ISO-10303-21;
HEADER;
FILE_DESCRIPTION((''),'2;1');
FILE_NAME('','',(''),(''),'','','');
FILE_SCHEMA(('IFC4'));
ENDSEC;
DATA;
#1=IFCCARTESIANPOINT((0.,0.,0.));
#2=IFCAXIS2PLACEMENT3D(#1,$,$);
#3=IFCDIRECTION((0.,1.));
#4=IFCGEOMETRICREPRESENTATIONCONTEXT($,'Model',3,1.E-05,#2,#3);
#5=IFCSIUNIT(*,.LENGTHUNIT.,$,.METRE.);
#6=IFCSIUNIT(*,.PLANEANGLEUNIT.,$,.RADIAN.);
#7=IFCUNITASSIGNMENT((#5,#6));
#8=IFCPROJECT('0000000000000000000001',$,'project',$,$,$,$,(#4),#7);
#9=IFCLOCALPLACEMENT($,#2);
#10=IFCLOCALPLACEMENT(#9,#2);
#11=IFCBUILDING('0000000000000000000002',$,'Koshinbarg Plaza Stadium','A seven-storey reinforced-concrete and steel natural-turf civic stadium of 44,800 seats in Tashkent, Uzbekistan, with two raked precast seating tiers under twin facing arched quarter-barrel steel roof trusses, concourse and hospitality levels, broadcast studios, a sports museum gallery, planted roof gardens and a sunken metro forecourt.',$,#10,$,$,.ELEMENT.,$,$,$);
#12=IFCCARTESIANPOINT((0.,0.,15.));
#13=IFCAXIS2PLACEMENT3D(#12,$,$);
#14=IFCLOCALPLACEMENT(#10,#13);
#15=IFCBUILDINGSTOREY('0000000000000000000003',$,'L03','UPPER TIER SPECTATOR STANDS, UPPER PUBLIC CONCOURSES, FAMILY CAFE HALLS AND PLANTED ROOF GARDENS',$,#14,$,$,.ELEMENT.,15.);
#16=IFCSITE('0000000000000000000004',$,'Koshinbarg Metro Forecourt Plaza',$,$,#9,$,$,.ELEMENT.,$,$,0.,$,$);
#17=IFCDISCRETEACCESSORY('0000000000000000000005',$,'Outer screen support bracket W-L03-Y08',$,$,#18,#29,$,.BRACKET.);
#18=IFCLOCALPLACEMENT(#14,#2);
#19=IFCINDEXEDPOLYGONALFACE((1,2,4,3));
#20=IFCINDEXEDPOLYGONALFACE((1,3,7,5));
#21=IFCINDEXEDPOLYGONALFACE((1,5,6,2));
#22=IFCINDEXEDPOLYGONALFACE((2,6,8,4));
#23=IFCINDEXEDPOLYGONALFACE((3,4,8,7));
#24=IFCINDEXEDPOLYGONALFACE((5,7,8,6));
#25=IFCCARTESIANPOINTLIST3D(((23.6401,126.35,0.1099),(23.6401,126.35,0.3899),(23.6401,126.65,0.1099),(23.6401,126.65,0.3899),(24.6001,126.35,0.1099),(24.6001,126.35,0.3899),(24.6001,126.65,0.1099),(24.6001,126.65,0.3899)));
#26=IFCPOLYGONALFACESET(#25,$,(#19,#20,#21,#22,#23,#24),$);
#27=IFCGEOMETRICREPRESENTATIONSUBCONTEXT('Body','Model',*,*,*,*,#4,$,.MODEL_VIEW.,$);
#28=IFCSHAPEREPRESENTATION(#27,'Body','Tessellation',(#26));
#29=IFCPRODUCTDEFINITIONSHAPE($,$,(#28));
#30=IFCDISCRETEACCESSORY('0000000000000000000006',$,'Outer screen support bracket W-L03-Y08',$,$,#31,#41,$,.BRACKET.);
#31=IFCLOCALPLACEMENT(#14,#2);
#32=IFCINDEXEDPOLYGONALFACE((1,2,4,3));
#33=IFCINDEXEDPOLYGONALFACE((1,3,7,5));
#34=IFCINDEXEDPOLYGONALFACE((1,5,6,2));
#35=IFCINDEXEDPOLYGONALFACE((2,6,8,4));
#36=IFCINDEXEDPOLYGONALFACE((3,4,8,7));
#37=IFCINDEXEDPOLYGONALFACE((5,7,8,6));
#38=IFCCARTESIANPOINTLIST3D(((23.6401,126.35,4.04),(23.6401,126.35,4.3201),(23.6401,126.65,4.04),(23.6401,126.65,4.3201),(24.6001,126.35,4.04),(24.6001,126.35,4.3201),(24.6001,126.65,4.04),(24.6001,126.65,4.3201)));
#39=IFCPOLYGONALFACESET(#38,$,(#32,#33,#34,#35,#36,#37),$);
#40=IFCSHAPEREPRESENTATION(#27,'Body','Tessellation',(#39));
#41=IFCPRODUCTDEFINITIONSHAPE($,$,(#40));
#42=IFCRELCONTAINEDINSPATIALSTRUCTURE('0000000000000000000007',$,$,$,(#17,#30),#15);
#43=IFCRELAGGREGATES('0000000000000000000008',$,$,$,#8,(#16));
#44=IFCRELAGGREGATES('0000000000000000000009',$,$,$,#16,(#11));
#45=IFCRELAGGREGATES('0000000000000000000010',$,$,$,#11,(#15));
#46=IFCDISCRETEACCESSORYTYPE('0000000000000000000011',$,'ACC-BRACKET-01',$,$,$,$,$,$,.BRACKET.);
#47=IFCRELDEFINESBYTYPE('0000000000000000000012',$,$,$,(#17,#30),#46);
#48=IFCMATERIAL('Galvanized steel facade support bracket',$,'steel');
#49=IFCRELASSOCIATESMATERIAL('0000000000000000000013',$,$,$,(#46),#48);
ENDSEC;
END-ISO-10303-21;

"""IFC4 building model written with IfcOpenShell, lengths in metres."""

from ifc_helpers import new_model, si_unit, direction, frame, origin, origin_2d, place, context, subcontext, project, spatial, rectangle, extrude, material, type_object, element, save


model = new_model("IFC4")

# Units and contexts
model_context = context("Model", 3, precision=1e-05, world=origin(), true_north=direction((0.0, 1.0)))
body_context = subcontext(model_context, "Body", "Model", "MODEL_VIEW")
ifc_project = project(units=[si_unit("LENGTHUNIT", "METRE"), si_unit("PLANEANGLEUNIT", "RADIAN")], contexts=[model_context])

# Site, building, storey
site_placement = place(None, origin())
site = spatial("IfcSite", under=ifc_project, at=site_placement, Name="Koshinbarg Metro Forecourt Plaza", CompositionType="ELEMENT", RefElevation=0.0)
building_placement = place(site_placement, origin())
building = spatial("IfcBuilding", under=site, at=building_placement, Name="Koshinbarg Plaza Stadium", Description="A seven-storey reinforced-concrete and steel natural-turf civic stadium of 44,800 seats in Tashkent, Uzbekistan, with two raked precast seating tiers under twin facing arched quarter-barrel steel roof trusses, concourse and hospitality levels, broadcast studios, a sports museum gallery, planted roof gardens and a sunken metro forecourt.", CompositionType="ELEMENT")
storey_placement = place(building_placement, frame((0.0, 0.0, 15.0)))
storey = spatial("IfcBuildingStorey", under=building, at=storey_placement, Name="L03", Description="UPPER TIER SPECTATOR STANDS, UPPER PUBLIC CONCOURSES, FAMILY CAFE HALLS AND PLANTED ROOF GARDENS", CompositionType="ELEMENT", Elevation=15.0)

# Discrete accessories
ifc_material_1 = material(Name="Galvanized steel facade support bracket", Category="steel")
discrete_accessory_type = type_object("IfcDiscreteAccessoryType", Name="ACC-BRACKET-01", PredefinedType="BRACKET", material=ifc_material_1)
for number, where, z_axis, x_axis, name in (
    (1, (24.1201, 126.5, 0.1099), (0.0, 0.0, 1.0), (1.0, 0.0, 0.0), "Outer screen support bracket W-L03-Y08"),
    (2, (24.1201, 126.5, 4.04), (0.0, 0.0, 1.0), (1.0, 0.0, 0.0), "Outer screen support bracket W-L03-Y08"),
):
    element("IfcDiscreteAccessory", number, at=place(storey_placement, frame(where, z_axis=z_axis, x_axis=x_axis)), inside=storey, type_object=discrete_accessory_type, Name=name, PredefinedType="BRACKET", context=body_context, shape_type="SweptSolid", body=[
        extrude(rectangle(XDim=0.96, YDim=0.3, at=origin_2d()), origin(), (0.0, 0.0, 1.0), 0.28),
    ])

save(model, "model.ifc")
